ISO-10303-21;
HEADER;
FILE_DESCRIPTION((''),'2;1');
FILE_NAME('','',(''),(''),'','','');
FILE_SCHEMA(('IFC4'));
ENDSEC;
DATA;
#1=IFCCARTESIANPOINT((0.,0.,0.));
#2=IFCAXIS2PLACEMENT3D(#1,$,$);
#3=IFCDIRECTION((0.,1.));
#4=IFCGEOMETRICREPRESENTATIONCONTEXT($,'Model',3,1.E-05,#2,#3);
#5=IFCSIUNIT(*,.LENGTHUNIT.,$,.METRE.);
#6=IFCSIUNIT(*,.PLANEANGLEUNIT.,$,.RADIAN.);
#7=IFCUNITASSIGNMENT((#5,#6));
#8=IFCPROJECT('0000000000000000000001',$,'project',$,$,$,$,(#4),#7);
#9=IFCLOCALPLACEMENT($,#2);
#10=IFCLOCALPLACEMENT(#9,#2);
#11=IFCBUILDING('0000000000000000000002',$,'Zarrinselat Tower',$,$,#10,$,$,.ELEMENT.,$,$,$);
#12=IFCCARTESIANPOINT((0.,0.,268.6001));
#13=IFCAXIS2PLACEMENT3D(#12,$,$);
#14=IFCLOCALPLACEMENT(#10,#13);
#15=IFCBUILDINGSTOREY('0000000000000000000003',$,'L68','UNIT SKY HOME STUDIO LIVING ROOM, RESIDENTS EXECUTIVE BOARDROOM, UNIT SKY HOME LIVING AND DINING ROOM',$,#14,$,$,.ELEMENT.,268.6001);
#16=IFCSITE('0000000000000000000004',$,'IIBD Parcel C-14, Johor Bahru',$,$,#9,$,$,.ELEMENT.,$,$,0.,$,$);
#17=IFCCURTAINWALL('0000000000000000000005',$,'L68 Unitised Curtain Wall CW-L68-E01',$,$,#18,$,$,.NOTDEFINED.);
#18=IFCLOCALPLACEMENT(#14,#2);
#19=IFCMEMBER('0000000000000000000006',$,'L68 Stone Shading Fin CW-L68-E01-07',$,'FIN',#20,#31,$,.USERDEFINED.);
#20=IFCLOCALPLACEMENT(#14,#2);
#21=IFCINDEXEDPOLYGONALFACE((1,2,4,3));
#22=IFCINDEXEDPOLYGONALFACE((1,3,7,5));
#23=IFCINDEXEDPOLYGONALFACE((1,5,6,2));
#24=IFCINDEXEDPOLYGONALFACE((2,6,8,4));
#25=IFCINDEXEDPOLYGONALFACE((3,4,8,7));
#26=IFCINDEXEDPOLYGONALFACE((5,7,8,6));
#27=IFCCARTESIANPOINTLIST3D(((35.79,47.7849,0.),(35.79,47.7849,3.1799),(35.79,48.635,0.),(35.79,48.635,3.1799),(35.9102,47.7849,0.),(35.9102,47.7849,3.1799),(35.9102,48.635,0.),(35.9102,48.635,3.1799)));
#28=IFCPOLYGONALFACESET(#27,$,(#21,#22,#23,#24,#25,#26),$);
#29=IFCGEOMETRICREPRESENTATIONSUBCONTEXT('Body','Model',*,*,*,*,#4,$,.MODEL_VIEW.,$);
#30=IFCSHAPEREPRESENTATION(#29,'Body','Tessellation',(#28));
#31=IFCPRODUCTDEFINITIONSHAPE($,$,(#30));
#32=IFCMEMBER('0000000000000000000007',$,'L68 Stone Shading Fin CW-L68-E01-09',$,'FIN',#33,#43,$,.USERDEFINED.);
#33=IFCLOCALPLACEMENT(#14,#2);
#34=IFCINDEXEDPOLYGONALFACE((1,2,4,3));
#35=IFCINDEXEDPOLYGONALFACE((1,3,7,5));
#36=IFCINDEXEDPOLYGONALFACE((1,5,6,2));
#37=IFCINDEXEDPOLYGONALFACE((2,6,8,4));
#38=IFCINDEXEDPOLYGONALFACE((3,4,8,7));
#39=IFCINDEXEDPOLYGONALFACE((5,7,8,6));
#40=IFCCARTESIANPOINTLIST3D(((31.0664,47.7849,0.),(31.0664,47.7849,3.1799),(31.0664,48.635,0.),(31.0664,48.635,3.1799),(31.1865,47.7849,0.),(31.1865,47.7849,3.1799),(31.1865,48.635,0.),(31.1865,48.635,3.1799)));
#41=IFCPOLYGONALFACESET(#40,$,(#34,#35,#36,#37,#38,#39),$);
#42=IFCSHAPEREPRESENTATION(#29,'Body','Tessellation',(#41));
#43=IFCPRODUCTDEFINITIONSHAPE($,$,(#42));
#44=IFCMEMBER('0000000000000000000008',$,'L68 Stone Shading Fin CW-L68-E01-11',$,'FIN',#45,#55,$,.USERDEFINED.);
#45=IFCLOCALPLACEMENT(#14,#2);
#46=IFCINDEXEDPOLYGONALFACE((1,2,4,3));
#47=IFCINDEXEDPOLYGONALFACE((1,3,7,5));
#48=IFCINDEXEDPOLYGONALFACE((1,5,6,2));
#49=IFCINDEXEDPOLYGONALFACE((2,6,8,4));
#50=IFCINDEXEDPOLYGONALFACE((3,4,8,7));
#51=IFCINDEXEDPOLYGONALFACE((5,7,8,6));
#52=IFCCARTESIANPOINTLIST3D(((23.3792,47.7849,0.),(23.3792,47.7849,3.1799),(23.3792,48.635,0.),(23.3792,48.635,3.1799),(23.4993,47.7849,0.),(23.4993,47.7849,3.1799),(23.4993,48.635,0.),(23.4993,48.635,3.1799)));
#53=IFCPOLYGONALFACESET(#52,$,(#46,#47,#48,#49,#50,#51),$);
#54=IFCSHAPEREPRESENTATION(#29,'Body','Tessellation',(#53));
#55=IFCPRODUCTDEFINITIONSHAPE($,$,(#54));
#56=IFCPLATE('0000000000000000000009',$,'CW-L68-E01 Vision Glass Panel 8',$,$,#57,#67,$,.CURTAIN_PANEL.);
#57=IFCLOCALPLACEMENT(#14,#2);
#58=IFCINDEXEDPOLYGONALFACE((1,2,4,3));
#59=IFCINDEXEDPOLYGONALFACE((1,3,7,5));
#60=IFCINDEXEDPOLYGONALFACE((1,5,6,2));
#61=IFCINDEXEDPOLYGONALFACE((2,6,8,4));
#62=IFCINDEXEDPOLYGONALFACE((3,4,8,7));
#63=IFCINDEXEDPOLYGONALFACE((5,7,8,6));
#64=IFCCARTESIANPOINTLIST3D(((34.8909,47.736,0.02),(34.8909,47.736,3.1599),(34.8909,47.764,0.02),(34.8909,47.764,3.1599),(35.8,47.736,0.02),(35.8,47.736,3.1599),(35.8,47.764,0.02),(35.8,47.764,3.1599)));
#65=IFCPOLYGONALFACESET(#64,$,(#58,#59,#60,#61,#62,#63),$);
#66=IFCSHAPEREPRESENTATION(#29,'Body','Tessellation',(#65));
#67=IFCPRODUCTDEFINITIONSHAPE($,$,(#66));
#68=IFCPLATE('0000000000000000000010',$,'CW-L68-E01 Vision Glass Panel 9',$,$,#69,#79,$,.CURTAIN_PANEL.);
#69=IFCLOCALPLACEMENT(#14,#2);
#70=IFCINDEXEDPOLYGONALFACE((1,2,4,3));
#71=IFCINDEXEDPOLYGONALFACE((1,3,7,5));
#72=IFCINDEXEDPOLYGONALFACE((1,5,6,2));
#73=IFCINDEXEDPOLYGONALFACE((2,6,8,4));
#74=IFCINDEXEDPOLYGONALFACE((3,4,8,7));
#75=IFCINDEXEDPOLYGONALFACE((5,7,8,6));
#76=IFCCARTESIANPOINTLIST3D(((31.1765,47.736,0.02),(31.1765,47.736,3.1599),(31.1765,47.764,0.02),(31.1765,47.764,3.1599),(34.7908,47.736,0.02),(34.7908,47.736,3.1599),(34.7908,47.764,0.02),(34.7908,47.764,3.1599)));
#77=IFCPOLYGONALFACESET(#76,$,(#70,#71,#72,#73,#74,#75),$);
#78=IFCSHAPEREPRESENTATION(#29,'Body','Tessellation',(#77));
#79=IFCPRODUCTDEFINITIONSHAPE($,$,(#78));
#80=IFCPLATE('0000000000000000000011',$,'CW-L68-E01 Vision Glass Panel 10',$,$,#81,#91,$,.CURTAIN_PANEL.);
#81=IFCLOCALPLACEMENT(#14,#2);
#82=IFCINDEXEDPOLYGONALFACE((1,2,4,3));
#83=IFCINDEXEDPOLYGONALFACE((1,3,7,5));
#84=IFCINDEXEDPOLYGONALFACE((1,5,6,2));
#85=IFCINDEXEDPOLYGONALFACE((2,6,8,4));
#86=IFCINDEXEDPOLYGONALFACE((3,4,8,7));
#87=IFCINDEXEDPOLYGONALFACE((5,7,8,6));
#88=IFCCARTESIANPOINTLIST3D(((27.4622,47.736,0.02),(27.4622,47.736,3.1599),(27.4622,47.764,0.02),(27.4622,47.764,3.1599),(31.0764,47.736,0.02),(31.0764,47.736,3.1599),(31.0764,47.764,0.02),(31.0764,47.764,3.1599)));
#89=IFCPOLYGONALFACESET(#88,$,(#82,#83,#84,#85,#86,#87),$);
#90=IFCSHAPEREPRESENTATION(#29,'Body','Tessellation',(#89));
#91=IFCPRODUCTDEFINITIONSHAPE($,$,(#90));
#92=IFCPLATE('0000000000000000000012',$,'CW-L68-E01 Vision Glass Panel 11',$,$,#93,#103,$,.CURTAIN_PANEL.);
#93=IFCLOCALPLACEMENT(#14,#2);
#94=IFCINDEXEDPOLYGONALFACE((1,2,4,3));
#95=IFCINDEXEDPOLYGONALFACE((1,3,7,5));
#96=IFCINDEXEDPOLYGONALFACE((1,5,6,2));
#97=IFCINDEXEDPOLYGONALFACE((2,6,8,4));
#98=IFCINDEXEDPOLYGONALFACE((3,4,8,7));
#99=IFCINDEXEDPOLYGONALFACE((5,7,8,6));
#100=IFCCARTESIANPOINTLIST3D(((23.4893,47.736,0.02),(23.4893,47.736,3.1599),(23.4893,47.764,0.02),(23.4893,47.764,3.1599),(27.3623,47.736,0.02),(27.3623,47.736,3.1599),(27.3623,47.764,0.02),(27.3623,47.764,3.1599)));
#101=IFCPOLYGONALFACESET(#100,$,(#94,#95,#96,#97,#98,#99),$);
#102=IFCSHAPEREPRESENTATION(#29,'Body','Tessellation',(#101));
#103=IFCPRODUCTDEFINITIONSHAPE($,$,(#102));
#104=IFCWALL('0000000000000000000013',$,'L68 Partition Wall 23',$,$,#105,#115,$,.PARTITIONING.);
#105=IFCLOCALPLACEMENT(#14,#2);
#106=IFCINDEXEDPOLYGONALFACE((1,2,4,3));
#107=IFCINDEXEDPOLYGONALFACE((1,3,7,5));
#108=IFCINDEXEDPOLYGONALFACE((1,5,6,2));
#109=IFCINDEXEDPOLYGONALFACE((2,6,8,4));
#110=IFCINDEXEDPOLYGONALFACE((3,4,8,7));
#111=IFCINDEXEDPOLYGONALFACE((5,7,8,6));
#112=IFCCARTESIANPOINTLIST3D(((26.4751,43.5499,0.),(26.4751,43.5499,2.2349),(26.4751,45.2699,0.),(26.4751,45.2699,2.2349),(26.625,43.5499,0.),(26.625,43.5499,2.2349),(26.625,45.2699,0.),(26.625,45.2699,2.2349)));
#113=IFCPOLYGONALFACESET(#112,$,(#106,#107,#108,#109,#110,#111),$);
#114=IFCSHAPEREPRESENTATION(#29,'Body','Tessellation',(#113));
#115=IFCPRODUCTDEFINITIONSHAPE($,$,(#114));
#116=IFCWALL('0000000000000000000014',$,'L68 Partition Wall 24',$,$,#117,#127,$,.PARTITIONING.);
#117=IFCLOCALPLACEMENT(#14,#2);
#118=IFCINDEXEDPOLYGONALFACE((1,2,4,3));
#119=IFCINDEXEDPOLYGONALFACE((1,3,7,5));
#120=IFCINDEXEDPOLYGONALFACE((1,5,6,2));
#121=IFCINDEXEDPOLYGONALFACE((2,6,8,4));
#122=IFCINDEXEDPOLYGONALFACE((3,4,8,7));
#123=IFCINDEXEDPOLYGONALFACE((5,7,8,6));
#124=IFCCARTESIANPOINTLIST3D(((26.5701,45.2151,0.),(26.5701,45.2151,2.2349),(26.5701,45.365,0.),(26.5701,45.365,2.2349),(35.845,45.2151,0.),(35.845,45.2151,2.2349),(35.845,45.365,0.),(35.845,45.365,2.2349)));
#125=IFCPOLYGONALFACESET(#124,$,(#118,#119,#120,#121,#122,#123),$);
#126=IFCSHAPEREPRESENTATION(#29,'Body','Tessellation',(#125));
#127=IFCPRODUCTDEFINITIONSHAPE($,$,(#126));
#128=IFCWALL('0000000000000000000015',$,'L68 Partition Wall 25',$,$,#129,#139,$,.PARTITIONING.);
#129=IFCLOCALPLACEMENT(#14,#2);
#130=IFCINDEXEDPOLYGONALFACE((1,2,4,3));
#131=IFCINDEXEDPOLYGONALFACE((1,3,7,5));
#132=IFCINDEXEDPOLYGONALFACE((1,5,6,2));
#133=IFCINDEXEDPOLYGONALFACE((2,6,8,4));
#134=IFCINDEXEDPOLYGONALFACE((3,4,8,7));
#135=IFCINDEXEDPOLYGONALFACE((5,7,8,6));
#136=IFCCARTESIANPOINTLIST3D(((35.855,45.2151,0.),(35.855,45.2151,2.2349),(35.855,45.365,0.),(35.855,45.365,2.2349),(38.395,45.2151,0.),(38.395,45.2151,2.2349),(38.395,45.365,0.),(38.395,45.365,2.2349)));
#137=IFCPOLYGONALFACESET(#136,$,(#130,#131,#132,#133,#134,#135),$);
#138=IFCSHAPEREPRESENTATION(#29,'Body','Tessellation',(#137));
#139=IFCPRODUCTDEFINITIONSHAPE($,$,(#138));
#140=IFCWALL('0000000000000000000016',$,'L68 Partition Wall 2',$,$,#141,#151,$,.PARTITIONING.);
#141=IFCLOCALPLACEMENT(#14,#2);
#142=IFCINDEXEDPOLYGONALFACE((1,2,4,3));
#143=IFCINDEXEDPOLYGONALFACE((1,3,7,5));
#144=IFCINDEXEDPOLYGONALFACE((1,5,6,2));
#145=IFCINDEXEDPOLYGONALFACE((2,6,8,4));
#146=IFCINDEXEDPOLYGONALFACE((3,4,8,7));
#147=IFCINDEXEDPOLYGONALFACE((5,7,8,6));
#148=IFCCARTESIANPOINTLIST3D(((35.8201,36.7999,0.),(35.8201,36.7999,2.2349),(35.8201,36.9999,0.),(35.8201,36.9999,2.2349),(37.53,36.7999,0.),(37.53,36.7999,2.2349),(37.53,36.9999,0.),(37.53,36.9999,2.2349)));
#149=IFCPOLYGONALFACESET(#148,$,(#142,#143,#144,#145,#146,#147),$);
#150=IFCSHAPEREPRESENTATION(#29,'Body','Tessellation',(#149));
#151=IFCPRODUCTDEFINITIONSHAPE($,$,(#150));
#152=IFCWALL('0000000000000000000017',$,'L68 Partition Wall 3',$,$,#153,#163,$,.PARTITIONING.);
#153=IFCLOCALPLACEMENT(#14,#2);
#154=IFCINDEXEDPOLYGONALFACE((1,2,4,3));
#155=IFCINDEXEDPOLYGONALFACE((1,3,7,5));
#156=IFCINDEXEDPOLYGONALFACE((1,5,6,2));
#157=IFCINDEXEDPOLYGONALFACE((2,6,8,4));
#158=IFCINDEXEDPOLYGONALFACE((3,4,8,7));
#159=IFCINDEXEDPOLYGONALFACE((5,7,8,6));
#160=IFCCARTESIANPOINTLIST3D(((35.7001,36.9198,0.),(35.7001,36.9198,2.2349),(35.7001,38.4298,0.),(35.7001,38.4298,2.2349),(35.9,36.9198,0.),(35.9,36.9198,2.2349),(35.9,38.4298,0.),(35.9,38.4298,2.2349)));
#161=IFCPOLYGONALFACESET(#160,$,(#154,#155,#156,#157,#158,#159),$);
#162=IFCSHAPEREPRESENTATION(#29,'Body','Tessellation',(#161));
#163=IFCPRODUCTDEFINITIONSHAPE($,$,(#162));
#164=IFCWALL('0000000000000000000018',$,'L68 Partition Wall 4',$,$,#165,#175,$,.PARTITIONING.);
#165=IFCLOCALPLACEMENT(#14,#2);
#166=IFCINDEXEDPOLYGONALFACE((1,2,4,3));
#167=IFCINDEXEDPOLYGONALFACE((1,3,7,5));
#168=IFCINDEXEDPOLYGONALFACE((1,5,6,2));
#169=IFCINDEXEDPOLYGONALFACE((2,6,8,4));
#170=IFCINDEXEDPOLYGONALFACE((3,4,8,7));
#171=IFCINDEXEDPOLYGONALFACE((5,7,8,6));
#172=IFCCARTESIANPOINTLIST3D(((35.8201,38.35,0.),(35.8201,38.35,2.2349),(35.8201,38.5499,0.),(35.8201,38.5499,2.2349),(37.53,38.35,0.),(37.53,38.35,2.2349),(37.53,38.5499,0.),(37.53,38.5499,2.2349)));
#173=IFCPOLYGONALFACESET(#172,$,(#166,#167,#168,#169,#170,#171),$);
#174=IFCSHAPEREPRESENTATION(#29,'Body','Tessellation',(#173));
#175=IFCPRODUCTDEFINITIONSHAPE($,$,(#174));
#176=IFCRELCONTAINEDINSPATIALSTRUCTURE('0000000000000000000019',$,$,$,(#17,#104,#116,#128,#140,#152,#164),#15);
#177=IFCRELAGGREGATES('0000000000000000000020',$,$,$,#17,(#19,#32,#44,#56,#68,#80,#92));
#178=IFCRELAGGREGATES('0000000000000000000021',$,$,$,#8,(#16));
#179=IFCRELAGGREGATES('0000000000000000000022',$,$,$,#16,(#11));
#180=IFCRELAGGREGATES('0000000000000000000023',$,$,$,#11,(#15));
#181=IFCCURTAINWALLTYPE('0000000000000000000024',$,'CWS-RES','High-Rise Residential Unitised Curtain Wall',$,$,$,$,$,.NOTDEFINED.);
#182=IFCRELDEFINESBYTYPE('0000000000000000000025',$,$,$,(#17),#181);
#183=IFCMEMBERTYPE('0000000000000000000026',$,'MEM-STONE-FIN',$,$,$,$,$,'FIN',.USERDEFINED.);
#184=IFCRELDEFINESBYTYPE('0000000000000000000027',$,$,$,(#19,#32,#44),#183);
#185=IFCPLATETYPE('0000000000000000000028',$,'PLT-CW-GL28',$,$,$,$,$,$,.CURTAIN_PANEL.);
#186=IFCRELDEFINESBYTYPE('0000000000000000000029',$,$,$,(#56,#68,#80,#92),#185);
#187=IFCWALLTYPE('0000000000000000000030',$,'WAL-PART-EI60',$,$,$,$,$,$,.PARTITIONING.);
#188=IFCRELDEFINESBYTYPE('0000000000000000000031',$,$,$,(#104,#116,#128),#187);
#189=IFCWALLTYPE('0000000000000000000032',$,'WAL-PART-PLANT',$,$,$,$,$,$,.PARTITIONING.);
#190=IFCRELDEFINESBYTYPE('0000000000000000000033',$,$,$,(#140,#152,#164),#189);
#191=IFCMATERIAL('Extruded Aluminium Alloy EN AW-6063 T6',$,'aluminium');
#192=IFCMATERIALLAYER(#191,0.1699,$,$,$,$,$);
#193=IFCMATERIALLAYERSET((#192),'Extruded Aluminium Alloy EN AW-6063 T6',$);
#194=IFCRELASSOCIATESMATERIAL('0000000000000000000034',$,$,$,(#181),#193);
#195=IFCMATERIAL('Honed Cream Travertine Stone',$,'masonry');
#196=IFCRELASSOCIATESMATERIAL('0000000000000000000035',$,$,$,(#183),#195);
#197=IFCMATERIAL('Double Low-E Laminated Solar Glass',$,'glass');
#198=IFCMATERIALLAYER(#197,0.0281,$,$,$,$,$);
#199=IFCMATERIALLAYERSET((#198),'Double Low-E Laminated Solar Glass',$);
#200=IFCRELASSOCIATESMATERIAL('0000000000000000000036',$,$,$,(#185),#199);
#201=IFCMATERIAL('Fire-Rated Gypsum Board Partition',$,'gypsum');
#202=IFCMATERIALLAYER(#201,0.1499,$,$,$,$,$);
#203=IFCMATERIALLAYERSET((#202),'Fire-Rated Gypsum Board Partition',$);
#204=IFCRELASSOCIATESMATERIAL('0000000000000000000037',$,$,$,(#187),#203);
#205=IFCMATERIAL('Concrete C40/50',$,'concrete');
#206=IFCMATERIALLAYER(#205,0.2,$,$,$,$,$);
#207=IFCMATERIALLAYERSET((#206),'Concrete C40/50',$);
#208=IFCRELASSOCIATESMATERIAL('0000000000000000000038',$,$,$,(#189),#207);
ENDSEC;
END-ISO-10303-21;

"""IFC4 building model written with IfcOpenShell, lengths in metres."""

from ifc_helpers import new_model, si_unit, direction, frame, frame_2d, origin, origin_2d, place, context, subcontext, project, spatial, rectangle, extrude, material, layer, layer_set, material_profile, profile_set, type_object, element, aggregate, save


model = new_model("IFC4")

# Units and contexts
model_context = context("Model", 3, precision=1e-05, world=origin(), true_north=direction((0.0, 1.0)))
body_context = subcontext(model_context, "Body", "Model", "MODEL_VIEW")
ifc_project = project(units=[si_unit("LENGTHUNIT", "METRE"), si_unit("PLANEANGLEUNIT", "RADIAN")], contexts=[model_context])

# Site, building, storey
site_placement = place(None, origin())
site = spatial("IfcSite", under=ifc_project, at=site_placement, Name="IIBD Parcel C-14, Johor Bahru", CompositionType="ELEMENT", RefElevation=0.0)
building_placement = place(site_placement, origin())
building = spatial("IfcBuilding", under=site, at=building_placement, Name="Zarrinselat Tower", CompositionType="ELEMENT")
storey_placement = place(building_placement, frame((0.0, 0.0, 268.6001)))
storey = spatial("IfcBuildingStorey", under=building, at=storey_placement, Name="L68", Description="UNIT SKY HOME STUDIO LIVING ROOM, RESIDENTS EXECUTIVE BOARDROOM, UNIT SKY HOME LIVING AND DINING ROOM", CompositionType="ELEMENT", Elevation=268.6001)

# Curtain wall, members, plates
ifc_material_1 = material(Name="Extruded Aluminium Alloy EN AW-6063 T6", Category="aluminium")
ifc_layer_1 = layer(ifc_material_1, 0.1699)
ifc_layer_set_1 = layer_set([ifc_layer_1], Name="Extruded Aluminium Alloy EN AW-6063 T6")
curtain_wall_type = type_object("IfcCurtainWallType", Name="CWS-RES", Description="High-Rise Residential Unitised Curtain Wall", PredefinedType="NOTDEFINED", material=ifc_layer_set_1)
curtain_wall_placement = place(storey_placement, origin())
curtain_wall = element("IfcCurtainWall", 1, at=curtain_wall_placement, inside=storey, type_object=curtain_wall_type, Name="L68 Unitised Curtain Wall CW-L68-E01", PredefinedType="NOTDEFINED")
ifc_material_2 = material(Name="Honed Cream Travertine Stone", Category="masonry")
ifc_material_profile_1 = material_profile(ifc_material_2, rectangle(XDim=0.1201, YDim=0.8501, at=origin_2d()), Name="FIN 850x120")
ifc_profile_set_1 = profile_set([ifc_material_profile_1], Name="Honed Cream Travertine Stone")
member_type_1 = type_object("IfcMemberType", Name="MEM-STONE-FIN", ElementType="FIN", PredefinedType="USERDEFINED", material=ifc_profile_set_1)
member_1_placement = place(storey_placement, frame((35.8501, 48.21, 0.0), z_axis=(0.0, 0.0, 1.0), x_axis=(1.0, 0.0, 0.0)))
member_1 = element("IfcMember", 2, at=member_1_placement, type_object=member_type_1, Name="L68 Stone Shading Fin CW-L68-E01-07", ObjectType="FIN", PredefinedType="USERDEFINED", context=body_context, shape_type="SweptSolid", body=[
    extrude(rectangle(XDim=0.1201, YDim=0.8501, at=origin_2d()), origin(), (0.0, 0.0, 1.0), 3.1799),
])
member_2_placement = place(storey_placement, frame((31.1265, 48.21, 0.0), z_axis=(0.0, 0.0, 1.0), x_axis=(1.0, 0.0, 0.0)))
member_2 = element("IfcMember", 3, at=member_2_placement, type_object=member_type_1, Name="L68 Stone Shading Fin CW-L68-E01-09", ObjectType="FIN", PredefinedType="USERDEFINED", context=body_context, shape_type="SweptSolid", body=[
    extrude(rectangle(XDim=0.1201, YDim=0.8501, at=origin_2d()), origin(), (0.0, 0.0, 1.0), 3.1799),
])
member_3_placement = place(storey_placement, frame((23.4392, 48.21, 0.0), z_axis=(0.0, 0.0, 1.0), x_axis=(1.0, 0.0, 0.0)))
member_3 = element("IfcMember", 4, at=member_3_placement, type_object=member_type_1, Name="L68 Stone Shading Fin CW-L68-E01-11", ObjectType="FIN", PredefinedType="USERDEFINED", context=body_context, shape_type="SweptSolid", body=[
    extrude(rectangle(XDim=0.1201, YDim=0.8501, at=origin_2d()), origin(), (0.0, 0.0, 1.0), 3.1799),
])
ifc_material_3 = material(Name="Double Low-E Laminated Solar Glass", Category="glass")
ifc_layer_2 = layer(ifc_material_3, 0.0281)
ifc_layer_set_2 = layer_set([ifc_layer_2], Name="Double Low-E Laminated Solar Glass")
plate_type = type_object("IfcPlateType", Name="PLT-CW-GL28", PredefinedType="CURTAIN_PANEL", material=ifc_layer_set_2)
plate_1_placement = place(storey_placement, frame((35.3455, 47.75, 0.02), z_axis=(0.0, 0.0, 1.0), x_axis=(-1.0, 0.0, 0.0)))
plate_1 = element("IfcPlate", 5, at=plate_1_placement, type_object=plate_type, Name="CW-L68-E01 Vision Glass Panel 8", PredefinedType="CURTAIN_PANEL", context=body_context, shape_type="SweptSolid", body=[
    extrude(rectangle(XDim=0.9092, YDim=0.0281, at=origin_2d()), origin(), (0.0, 0.0, 1.0), 3.1399),
])
plate_2_placement = place(storey_placement, frame((32.9836, 47.75, 0.02), z_axis=(0.0, 0.0, 1.0), x_axis=(-1.0, 0.0, 0.0)))
plate_2 = element("IfcPlate", 6, at=plate_2_placement, type_object=plate_type, Name="CW-L68-E01 Vision Glass Panel 9", PredefinedType="CURTAIN_PANEL", context=body_context, shape_type="SweptSolid", body=[
    extrude(rectangle(XDim=3.6143, YDim=0.0281, at=origin_2d()), origin(), (0.0, 0.0, 1.0), 3.1399),
])
plate_3_placement = place(storey_placement, frame((29.2693, 47.75, 0.02), z_axis=(0.0, 0.0, 1.0), x_axis=(-1.0, 0.0, 0.0)))
plate_3 = element("IfcPlate", 7, at=plate_3_placement, type_object=plate_type, Name="CW-L68-E01 Vision Glass Panel 10", PredefinedType="CURTAIN_PANEL", context=body_context, shape_type="SweptSolid", body=[
    extrude(rectangle(XDim=3.6143, YDim=0.0281, at=origin_2d()), origin(), (0.0, 0.0, 1.0), 3.1399),
])
plate_4_placement = place(storey_placement, frame((25.4258, 47.75, 0.02), z_axis=(0.0, 0.0, 1.0), x_axis=(-1.0, 0.0, 0.0)))
plate_4 = element("IfcPlate", 8, at=plate_4_placement, type_object=plate_type, Name="CW-L68-E01 Vision Glass Panel 11", PredefinedType="CURTAIN_PANEL", context=body_context, shape_type="SweptSolid", body=[
    extrude(rectangle(XDim=3.873, YDim=0.0281, at=origin_2d()), origin(), (0.0, 0.0, 1.0), 3.1399),
])
aggregate(curtain_wall, [member_1, member_2, member_3, plate_1, plate_2, plate_3, plate_4])

# Walls
ifc_material_4 = material(Name="Fire-Rated Gypsum Board Partition", Category="gypsum")
ifc_layer_3 = layer(ifc_material_4, 0.1499)
ifc_layer_set_3 = layer_set([ifc_layer_3], Name="Fire-Rated Gypsum Board Partition")
wall_type_1 = type_object("IfcWallType", Name="WAL-PART-EI60", PredefinedType="PARTITIONING", material=ifc_layer_set_3)
wall_1_placement = place(storey_placement, frame((26.55, 43.55, 0.0), z_axis=(0.0, 0.0, 1.0), x_axis=(0.0, 1.0, 0.0)))
element("IfcWall", 9, at=wall_1_placement, inside=storey, type_object=wall_type_1, Name="L68 Partition Wall 23", PredefinedType="PARTITIONING", context=body_context, shape_type="SweptSolid", body=[
    extrude(rectangle(XDim=1.72, YDim=0.1499, at=frame_2d((0.8599, 0.0))), origin(), (0.0, 0.0, 1.0), 2.2349),
])
wall_2_placement = place(storey_placement, frame((26.5701, 45.29, 0.0), z_axis=(0.0, 0.0, 1.0), x_axis=(1.0, 0.0, 0.0)))
element("IfcWall", 10, at=wall_2_placement, inside=storey, type_object=wall_type_1, Name="L68 Partition Wall 24", PredefinedType="PARTITIONING", context=body_context, shape_type="SweptSolid", body=[
    extrude(rectangle(XDim=9.2749, YDim=0.1499, at=frame_2d((4.6375, 0.0))), origin(), (0.0, 0.0, 1.0), 2.2349),
])
wall_3_placement = place(storey_placement, frame((35.855, 45.29, 0.0), z_axis=(0.0, 0.0, 1.0), x_axis=(1.0, 0.0, 0.0)))
element("IfcWall", 11, at=wall_3_placement, inside=storey, type_object=wall_type_1, Name="L68 Partition Wall 25", PredefinedType="PARTITIONING", context=body_context, shape_type="SweptSolid", body=[
    extrude(rectangle(XDim=2.54, YDim=0.1499, at=frame_2d((1.27, 0.0))), origin(), (0.0, 0.0, 1.0), 2.2349),
])
ifc_material_5 = material(Name="Concrete C40/50", Category="concrete")
ifc_layer_4 = layer(ifc_material_5, 0.2)
ifc_layer_set_4 = layer_set([ifc_layer_4], Name="Concrete C40/50")
wall_type_2 = type_object("IfcWallType", Name="WAL-PART-PLANT", PredefinedType="PARTITIONING", material=ifc_layer_set_4)
wall_4_placement = place(storey_placement, frame((35.8201, 36.8999, 0.0), z_axis=(0.0, 0.0, 1.0), x_axis=(1.0, 0.0, 0.0)))
element("IfcWall", 12, at=wall_4_placement, inside=storey, type_object=wall_type_2, Name="L68 Partition Wall 2", PredefinedType="PARTITIONING", context=body_context, shape_type="SweptSolid", body=[
    extrude(rectangle(XDim=1.71, YDim=0.2, at=frame_2d((0.855, 0.0))), origin(), (0.0, 0.0, 1.0), 2.2349),
])
wall_5_placement = place(storey_placement, frame((35.8, 36.9199, 0.0), z_axis=(0.0, 0.0, 1.0), x_axis=(0.0, 1.0, 0.0)))
element("IfcWall", 13, at=wall_5_placement, inside=storey, type_object=wall_type_2, Name="L68 Partition Wall 3", PredefinedType="PARTITIONING", context=body_context, shape_type="SweptSolid", body=[
    extrude(rectangle(XDim=1.51, YDim=0.2, at=frame_2d((0.7549, 0.0))), origin(), (0.0, 0.0, 1.0), 2.2349),
])
wall_6_placement = place(storey_placement, frame((35.8201, 38.45, 0.0), z_axis=(0.0, 0.0, 1.0), x_axis=(1.0, 0.0, 0.0)))
element("IfcWall", 14, at=wall_6_placement, inside=storey, type_object=wall_type_2, Name="L68 Partition Wall 4", PredefinedType="PARTITIONING", context=body_context, shape_type="SweptSolid", body=[
    extrude(rectangle(XDim=1.71, YDim=0.2, at=frame_2d((0.855, 0.0))), origin(), (0.0, 0.0, 1.0), 2.2349),
])

save(model, "model.ifc")
